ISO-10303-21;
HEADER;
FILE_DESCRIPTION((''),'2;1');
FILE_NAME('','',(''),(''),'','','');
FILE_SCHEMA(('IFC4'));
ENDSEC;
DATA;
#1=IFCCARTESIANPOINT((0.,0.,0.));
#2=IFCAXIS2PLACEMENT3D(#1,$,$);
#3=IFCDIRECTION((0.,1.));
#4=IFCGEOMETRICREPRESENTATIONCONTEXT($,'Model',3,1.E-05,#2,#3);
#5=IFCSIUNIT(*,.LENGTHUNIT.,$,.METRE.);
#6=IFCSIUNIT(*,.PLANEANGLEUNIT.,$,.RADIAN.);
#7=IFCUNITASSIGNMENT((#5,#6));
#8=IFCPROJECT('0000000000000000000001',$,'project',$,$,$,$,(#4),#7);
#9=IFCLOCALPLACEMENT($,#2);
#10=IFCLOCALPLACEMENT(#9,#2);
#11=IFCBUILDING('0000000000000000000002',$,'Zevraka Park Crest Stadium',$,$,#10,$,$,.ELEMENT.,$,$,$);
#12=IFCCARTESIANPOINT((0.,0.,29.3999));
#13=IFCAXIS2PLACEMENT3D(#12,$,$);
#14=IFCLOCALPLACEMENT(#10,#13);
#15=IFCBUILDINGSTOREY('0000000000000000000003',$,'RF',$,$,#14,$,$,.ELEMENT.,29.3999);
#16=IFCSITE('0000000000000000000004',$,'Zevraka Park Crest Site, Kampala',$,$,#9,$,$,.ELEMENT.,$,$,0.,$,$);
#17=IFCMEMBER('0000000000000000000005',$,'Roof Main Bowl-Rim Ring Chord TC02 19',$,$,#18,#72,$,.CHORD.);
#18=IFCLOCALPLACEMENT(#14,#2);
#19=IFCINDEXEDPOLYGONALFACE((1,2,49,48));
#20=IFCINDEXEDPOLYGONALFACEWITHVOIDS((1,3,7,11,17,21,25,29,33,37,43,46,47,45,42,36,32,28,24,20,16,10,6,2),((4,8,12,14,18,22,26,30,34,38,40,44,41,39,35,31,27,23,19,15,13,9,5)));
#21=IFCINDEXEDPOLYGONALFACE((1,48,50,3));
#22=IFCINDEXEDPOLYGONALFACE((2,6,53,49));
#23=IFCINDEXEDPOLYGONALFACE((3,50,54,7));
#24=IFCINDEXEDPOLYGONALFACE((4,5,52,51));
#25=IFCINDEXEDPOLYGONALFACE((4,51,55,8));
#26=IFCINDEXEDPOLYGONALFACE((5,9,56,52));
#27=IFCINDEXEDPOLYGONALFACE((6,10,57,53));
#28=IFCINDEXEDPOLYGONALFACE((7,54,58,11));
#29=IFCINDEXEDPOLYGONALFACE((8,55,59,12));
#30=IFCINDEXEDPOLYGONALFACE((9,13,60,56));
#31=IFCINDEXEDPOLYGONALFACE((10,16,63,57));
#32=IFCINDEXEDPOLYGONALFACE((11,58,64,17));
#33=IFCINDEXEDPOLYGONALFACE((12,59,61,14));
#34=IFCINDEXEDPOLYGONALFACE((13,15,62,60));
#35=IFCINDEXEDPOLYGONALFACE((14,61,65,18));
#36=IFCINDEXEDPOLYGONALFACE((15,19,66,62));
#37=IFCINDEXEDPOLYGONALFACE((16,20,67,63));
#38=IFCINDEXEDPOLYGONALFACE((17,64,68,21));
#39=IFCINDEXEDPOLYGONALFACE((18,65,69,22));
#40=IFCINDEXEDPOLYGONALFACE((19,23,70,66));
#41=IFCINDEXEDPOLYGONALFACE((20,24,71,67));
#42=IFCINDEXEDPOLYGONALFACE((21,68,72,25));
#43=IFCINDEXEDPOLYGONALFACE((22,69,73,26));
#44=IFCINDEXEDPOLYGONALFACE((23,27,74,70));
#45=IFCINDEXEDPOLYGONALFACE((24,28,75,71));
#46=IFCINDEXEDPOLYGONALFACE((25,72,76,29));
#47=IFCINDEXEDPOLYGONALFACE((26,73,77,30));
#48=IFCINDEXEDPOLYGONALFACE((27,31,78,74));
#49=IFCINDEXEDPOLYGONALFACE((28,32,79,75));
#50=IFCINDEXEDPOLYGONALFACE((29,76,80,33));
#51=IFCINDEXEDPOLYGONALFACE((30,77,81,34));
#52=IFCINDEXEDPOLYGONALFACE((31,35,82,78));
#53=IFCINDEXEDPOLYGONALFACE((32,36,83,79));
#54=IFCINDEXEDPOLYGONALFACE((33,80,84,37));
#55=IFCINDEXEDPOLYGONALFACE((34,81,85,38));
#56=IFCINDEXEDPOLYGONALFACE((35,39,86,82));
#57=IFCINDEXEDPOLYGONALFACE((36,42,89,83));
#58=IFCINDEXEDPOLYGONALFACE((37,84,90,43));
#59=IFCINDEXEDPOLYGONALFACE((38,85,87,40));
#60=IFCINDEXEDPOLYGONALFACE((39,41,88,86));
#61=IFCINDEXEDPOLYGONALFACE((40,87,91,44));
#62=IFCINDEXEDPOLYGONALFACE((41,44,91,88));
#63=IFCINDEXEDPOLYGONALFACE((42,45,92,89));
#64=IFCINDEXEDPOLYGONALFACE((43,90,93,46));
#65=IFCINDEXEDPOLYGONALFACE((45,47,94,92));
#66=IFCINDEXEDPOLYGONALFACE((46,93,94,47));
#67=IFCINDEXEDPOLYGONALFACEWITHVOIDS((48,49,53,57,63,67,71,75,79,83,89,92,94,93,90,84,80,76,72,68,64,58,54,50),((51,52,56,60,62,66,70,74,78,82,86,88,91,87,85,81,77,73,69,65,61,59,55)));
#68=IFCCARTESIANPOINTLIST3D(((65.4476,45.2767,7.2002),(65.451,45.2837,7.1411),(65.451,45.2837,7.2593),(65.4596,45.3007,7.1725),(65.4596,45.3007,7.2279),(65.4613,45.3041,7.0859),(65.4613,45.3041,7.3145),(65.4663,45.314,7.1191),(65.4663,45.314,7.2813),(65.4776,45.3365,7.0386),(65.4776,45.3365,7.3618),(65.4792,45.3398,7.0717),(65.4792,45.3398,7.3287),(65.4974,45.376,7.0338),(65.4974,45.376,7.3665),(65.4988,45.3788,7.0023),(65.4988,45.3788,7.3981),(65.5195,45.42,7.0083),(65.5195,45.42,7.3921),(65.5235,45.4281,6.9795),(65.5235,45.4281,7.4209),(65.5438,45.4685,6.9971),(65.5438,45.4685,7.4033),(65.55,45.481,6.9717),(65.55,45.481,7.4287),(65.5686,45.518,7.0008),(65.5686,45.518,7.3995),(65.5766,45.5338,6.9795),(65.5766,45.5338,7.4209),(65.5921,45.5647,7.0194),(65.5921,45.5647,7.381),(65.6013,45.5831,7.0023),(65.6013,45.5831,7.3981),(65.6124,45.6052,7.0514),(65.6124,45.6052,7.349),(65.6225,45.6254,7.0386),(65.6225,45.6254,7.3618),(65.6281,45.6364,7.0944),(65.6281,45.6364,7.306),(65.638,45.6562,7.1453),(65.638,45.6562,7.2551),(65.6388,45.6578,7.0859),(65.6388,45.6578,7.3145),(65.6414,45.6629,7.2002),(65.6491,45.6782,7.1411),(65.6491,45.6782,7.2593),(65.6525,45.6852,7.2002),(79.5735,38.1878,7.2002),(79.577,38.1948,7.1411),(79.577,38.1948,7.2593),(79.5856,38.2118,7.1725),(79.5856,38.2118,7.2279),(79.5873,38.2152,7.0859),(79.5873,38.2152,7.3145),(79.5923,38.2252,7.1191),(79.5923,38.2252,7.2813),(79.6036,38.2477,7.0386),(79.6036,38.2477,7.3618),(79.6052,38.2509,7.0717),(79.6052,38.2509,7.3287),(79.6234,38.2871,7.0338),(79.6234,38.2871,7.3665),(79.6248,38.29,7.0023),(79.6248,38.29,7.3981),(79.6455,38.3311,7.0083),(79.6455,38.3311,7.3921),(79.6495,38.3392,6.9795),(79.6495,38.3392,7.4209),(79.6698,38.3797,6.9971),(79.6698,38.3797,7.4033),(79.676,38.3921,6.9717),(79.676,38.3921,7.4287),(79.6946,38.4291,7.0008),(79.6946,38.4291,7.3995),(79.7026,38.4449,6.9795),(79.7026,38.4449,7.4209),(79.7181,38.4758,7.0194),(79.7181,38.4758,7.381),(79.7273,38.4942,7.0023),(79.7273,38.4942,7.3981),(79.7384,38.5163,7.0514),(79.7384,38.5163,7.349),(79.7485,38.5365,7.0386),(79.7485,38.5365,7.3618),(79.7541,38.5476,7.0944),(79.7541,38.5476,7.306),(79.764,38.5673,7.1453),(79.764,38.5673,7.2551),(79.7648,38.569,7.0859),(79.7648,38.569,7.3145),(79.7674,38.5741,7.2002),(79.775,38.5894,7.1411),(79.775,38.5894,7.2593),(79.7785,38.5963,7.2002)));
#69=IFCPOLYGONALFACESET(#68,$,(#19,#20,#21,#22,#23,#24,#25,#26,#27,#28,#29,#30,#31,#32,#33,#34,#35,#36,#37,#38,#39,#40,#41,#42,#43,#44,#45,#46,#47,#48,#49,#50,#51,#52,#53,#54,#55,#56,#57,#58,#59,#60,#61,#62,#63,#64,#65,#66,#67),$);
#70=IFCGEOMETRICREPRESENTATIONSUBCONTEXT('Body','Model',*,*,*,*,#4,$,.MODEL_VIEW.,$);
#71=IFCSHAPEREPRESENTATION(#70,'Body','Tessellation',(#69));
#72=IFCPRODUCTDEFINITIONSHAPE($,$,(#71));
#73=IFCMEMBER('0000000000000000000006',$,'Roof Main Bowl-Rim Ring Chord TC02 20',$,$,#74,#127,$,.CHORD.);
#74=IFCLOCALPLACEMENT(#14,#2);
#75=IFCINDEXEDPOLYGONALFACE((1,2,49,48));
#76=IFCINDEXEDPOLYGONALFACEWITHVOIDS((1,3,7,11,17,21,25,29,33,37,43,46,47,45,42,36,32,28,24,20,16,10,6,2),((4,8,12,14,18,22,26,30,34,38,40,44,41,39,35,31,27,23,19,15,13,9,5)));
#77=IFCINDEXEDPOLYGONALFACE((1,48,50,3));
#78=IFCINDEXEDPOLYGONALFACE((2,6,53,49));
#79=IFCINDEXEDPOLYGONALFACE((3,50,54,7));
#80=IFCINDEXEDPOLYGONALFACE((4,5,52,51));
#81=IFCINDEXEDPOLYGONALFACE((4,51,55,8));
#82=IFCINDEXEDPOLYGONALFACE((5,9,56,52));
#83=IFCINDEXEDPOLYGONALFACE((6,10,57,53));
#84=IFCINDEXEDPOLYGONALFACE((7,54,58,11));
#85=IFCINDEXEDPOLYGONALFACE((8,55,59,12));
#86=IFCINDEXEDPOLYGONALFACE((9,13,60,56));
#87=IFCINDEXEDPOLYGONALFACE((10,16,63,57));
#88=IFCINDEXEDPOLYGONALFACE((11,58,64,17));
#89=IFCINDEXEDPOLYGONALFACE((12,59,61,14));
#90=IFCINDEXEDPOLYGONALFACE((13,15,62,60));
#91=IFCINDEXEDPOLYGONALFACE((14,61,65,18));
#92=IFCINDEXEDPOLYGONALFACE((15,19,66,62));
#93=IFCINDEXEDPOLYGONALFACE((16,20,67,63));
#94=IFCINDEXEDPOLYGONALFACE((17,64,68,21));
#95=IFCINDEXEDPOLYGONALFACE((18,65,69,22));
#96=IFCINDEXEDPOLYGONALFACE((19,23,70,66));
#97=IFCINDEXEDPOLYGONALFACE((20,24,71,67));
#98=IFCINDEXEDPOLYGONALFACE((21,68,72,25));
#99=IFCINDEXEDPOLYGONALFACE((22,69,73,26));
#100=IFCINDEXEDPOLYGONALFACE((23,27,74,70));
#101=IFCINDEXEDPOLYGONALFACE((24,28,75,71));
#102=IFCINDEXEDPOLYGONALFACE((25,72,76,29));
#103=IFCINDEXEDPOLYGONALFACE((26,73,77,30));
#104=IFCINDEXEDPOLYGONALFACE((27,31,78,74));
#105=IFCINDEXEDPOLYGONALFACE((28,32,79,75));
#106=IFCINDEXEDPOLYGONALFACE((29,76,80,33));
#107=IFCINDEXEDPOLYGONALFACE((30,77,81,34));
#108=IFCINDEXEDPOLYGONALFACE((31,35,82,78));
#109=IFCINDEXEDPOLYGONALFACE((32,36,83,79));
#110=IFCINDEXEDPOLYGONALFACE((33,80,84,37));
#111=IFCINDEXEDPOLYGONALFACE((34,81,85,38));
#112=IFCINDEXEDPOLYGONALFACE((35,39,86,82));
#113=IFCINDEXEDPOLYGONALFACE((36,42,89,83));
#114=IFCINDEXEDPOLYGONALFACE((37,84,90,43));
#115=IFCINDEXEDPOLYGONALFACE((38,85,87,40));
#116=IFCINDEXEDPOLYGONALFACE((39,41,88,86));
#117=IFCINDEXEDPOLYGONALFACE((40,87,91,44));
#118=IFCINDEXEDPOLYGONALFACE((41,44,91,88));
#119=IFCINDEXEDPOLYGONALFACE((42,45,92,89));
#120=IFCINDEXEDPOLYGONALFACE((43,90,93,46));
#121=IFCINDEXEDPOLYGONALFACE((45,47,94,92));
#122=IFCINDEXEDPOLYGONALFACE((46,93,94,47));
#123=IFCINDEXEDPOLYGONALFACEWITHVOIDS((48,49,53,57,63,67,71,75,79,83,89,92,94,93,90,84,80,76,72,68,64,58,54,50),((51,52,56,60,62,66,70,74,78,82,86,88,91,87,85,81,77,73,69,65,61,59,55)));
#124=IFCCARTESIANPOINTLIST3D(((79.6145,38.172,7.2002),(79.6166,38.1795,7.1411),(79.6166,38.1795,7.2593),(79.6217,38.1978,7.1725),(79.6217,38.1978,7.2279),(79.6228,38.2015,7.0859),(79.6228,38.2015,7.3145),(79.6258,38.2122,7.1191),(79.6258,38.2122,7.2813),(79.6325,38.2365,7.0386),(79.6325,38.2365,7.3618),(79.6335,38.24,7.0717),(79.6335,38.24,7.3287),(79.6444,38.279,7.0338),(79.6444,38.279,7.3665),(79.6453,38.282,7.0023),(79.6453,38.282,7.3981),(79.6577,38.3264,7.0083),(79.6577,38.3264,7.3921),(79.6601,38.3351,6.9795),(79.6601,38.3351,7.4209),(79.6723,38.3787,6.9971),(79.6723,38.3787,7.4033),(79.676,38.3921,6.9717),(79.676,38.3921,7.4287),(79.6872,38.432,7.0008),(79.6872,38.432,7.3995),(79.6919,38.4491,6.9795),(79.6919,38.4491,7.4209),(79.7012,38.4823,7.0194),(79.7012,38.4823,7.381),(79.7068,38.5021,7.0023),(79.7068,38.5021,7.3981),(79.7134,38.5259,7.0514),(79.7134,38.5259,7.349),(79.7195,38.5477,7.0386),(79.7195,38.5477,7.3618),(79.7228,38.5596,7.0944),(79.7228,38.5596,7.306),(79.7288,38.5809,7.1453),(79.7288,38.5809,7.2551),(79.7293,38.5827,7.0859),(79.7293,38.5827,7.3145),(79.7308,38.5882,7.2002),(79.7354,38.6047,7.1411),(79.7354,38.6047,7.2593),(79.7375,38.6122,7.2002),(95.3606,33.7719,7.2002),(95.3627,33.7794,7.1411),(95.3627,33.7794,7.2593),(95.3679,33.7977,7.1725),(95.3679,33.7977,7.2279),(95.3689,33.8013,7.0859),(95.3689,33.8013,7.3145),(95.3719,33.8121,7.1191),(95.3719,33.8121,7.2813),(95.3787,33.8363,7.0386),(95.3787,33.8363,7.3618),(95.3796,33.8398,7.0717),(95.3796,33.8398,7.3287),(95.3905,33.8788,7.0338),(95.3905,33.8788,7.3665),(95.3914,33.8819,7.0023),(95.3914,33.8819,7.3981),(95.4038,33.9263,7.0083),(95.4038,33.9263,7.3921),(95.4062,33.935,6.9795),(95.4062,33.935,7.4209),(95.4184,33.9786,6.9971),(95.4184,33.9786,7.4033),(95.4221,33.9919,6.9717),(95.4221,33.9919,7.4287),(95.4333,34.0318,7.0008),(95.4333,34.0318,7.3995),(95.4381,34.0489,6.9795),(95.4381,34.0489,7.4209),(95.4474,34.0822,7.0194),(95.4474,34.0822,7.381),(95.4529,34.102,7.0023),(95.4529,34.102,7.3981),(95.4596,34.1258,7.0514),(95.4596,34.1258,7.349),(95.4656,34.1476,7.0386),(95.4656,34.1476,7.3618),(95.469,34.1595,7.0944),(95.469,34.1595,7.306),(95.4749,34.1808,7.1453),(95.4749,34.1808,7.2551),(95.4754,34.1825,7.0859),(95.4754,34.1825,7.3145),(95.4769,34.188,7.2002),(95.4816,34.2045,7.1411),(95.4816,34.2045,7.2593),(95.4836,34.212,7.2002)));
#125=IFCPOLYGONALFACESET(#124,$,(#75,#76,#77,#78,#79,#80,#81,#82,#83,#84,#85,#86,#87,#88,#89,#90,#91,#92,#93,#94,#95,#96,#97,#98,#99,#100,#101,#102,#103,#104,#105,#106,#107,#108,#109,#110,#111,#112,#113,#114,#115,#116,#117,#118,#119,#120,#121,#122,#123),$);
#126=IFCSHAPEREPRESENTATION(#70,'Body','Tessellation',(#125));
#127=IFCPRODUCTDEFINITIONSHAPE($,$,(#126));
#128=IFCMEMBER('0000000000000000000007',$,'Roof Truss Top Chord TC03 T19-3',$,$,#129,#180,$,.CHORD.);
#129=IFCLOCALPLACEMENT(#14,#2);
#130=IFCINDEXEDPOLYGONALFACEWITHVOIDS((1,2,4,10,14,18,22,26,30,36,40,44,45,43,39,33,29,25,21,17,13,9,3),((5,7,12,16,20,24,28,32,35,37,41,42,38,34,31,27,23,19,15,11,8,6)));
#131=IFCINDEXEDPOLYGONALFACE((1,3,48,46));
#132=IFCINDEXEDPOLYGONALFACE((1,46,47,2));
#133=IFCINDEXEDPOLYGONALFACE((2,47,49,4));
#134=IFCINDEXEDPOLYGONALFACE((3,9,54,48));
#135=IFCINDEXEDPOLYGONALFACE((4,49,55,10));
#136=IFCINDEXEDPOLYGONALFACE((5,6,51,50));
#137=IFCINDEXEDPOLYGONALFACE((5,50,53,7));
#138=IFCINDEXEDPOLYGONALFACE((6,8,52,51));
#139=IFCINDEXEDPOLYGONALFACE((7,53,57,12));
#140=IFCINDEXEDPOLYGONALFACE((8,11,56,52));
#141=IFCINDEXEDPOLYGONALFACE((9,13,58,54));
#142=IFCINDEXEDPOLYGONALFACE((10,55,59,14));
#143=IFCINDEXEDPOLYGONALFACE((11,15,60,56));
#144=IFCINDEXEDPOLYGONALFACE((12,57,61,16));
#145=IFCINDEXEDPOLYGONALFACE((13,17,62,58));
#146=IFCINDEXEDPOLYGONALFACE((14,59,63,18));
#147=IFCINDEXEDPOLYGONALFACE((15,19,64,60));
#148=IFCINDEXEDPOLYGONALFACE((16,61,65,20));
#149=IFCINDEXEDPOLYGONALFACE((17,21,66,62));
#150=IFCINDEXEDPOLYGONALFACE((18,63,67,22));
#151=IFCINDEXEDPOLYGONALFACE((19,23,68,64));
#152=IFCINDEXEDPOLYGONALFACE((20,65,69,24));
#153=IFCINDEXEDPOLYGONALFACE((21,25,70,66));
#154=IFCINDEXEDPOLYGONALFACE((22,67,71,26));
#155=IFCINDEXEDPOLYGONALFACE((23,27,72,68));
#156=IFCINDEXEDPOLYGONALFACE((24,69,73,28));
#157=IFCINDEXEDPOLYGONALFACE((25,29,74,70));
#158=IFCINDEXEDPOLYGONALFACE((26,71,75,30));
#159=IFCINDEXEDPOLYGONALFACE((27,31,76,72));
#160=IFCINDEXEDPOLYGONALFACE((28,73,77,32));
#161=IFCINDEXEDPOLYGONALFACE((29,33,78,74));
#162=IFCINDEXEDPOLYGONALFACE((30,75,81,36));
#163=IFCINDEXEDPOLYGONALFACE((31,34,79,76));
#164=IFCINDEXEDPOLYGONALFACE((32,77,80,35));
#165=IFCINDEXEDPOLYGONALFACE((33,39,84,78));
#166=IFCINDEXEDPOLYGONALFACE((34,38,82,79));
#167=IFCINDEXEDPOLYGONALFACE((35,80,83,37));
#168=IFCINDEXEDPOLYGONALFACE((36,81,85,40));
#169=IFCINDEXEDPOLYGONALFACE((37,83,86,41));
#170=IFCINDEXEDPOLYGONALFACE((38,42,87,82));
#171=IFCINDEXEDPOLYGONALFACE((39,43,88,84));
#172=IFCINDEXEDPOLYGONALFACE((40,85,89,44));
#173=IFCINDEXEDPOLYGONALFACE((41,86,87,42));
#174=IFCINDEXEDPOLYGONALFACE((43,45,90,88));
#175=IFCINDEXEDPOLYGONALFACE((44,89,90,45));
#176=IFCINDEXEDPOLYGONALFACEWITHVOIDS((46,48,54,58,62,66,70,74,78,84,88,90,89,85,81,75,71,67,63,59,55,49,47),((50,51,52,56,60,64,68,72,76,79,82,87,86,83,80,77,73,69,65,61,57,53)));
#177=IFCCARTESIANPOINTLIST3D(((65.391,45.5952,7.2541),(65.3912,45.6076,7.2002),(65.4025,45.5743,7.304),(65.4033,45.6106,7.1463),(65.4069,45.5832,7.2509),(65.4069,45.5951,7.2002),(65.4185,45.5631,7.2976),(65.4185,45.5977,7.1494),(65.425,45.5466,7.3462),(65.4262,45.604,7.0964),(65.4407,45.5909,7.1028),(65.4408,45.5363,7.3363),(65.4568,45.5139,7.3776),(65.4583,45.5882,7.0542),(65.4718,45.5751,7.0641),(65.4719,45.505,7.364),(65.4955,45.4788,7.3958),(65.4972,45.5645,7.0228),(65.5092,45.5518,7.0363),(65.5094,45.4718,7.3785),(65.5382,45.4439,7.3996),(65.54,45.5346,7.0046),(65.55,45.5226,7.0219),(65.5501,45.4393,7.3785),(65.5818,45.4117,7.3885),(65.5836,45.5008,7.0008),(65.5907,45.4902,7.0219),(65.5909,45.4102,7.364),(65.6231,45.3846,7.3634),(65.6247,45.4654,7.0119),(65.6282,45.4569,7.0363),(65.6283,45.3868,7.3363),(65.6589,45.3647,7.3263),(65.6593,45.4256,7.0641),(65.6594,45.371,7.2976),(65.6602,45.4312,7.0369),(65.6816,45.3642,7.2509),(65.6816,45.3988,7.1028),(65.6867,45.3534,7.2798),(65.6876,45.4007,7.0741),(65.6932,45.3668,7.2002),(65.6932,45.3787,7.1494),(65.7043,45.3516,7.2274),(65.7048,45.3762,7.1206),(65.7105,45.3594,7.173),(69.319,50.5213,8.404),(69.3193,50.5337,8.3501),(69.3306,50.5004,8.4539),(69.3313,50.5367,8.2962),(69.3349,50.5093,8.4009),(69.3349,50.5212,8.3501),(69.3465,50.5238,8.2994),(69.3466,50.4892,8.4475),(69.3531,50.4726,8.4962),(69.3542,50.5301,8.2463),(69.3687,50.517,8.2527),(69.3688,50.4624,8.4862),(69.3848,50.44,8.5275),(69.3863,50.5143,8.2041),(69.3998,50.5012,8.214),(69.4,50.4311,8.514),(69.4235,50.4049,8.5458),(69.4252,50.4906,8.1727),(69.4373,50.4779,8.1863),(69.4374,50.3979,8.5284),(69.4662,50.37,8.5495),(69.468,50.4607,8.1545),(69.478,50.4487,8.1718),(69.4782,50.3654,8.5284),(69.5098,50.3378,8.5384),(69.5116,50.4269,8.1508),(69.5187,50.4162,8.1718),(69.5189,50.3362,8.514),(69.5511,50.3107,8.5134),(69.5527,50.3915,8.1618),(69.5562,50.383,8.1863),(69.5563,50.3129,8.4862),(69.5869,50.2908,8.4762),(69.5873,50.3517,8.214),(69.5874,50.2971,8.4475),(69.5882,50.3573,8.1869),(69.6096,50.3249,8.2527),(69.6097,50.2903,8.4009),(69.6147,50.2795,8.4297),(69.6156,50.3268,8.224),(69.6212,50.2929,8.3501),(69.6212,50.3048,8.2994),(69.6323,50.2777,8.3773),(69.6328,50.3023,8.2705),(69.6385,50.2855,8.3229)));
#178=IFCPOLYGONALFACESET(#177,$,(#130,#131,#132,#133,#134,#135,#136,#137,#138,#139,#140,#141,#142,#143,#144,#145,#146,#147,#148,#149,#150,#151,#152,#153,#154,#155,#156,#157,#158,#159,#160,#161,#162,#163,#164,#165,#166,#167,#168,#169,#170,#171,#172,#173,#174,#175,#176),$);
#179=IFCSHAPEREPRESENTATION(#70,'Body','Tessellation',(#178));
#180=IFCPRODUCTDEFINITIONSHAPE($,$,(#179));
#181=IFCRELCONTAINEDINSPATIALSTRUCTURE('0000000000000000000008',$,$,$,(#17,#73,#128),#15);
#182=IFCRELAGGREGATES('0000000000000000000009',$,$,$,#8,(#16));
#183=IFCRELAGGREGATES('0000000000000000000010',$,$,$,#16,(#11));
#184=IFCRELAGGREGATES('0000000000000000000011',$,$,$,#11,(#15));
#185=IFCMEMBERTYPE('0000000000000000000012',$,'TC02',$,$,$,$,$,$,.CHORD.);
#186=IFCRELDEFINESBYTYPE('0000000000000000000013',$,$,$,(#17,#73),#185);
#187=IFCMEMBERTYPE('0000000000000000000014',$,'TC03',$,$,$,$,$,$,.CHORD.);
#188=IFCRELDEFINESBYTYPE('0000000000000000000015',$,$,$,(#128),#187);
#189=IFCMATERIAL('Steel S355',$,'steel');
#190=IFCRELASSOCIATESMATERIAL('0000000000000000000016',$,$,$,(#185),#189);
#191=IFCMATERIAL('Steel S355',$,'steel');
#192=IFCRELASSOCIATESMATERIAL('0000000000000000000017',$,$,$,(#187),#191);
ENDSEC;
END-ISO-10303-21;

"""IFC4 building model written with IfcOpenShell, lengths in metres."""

from ifc_helpers import new_model, si_unit, direction, frame, origin, origin_2d, place, context, subcontext, project, spatial, hollow_circle, extrude, material, material_profile, profile_set, type_object, element, save


model = new_model("IFC4")

# Units and contexts
model_context = context("Model", 3, precision=1e-05, world=origin(), true_north=direction((0.0, 1.0)))
body_context = subcontext(model_context, "Body", "Model", "MODEL_VIEW")
ifc_project = project(units=[si_unit("LENGTHUNIT", "METRE"), si_unit("PLANEANGLEUNIT", "RADIAN")], contexts=[model_context])

# Site, building, storey
site_placement = place(None, origin())
site = spatial("IfcSite", under=ifc_project, at=site_placement, Name="Zevraka Park Crest Site, Kampala", CompositionType="ELEMENT", RefElevation=0.0)
building_placement = place(site_placement, origin())
building = spatial("IfcBuilding", under=site, at=building_placement, Name="Zevraka Park Crest Stadium", CompositionType="ELEMENT")
storey_placement = place(building_placement, frame((0.0, 0.0, 29.3999)))
storey = spatial("IfcBuildingStorey", under=building, at=storey_placement, Name="RF", CompositionType="ELEMENT", Elevation=29.3999)

# Members
ifc_material_1 = material(Name="Steel S355", Category="steel")
ifc_material_profile_1 = material_profile(ifc_material_1, hollow_circle(Radius=0.2285, WallThickness=0.0249, at=origin_2d()), Name="CHS 457.0x25")
ifc_profile_set_1 = profile_set([ifc_material_profile_1], Name="Steel S355")
member_type_1 = type_object("IfcMemberType", Name="TC02", PredefinedType="CHORD", material=ifc_profile_set_1)
member_1_placement = place(storey_placement, frame((65.55, 45.481, 7.2002), z_axis=(0.893771, -0.448523, 0.0), x_axis=(0.448523, 0.893771, 0.0)))
element("IfcMember", 1, at=member_1_placement, inside=storey, type_object=member_type_1, Name="Roof Main Bowl-Rim Ring Chord TC02 19", PredefinedType="CHORD", context=body_context, shape_type="SweptSolid", body=[
    extrude(hollow_circle(Radius=0.2285, WallThickness=0.0249, at=origin_2d()), origin(), (0.0, 0.0, 1.0), 15.8049),
])
member_2_placement = place(storey_placement, frame((79.676, 38.3921, 7.2002), z_axis=(0.963103, -0.269133, 0.0), x_axis=(0.269133, 0.963103, 0.0)))
element("IfcMember", 2, at=member_2_placement, inside=storey, type_object=member_type_1, Name="Roof Main Bowl-Rim Ring Chord TC02 20", PredefinedType="CHORD", context=body_context, shape_type="SweptSolid", body=[
    extrude(hollow_circle(Radius=0.2285, WallThickness=0.0249, at=origin_2d()), origin(), (0.0, 0.0, 1.0), 16.3494),
])
ifc_material_2 = material(Name="Steel S355", Category="steel")
ifc_material_profile_2 = material_profile(ifc_material_2, hollow_circle(Radius=0.2031, WallThickness=0.02, at=origin_2d()), Name="CHS 406.4x20")
ifc_profile_set_2 = profile_set([ifc_material_profile_2], Name="Steel S355")
member_type_2 = type_object("IfcMemberType", Name="TC03", PredefinedType="CHORD", material=ifc_profile_set_2)
member_3_placement = place(storey_placement, frame((65.55, 45.481, 7.2002), z_axis=(0.61332, 0.769156, 0.179547), x_axis=(-0.781862, 0.623451, 0.0)))
element("IfcMember", 3, at=member_3_placement, inside=storey, type_object=member_type_2, Name="Roof Truss Top Chord TC03 T19-3", PredefinedType="CHORD", context=body_context, shape_type="SweptSolid", body=[
    extrude(hollow_circle(Radius=0.2031, WallThickness=0.02, at=origin_2d()), origin(), (0.0, 0.0, 1.0), 6.4045),
])

save(model, "model.ifc")
